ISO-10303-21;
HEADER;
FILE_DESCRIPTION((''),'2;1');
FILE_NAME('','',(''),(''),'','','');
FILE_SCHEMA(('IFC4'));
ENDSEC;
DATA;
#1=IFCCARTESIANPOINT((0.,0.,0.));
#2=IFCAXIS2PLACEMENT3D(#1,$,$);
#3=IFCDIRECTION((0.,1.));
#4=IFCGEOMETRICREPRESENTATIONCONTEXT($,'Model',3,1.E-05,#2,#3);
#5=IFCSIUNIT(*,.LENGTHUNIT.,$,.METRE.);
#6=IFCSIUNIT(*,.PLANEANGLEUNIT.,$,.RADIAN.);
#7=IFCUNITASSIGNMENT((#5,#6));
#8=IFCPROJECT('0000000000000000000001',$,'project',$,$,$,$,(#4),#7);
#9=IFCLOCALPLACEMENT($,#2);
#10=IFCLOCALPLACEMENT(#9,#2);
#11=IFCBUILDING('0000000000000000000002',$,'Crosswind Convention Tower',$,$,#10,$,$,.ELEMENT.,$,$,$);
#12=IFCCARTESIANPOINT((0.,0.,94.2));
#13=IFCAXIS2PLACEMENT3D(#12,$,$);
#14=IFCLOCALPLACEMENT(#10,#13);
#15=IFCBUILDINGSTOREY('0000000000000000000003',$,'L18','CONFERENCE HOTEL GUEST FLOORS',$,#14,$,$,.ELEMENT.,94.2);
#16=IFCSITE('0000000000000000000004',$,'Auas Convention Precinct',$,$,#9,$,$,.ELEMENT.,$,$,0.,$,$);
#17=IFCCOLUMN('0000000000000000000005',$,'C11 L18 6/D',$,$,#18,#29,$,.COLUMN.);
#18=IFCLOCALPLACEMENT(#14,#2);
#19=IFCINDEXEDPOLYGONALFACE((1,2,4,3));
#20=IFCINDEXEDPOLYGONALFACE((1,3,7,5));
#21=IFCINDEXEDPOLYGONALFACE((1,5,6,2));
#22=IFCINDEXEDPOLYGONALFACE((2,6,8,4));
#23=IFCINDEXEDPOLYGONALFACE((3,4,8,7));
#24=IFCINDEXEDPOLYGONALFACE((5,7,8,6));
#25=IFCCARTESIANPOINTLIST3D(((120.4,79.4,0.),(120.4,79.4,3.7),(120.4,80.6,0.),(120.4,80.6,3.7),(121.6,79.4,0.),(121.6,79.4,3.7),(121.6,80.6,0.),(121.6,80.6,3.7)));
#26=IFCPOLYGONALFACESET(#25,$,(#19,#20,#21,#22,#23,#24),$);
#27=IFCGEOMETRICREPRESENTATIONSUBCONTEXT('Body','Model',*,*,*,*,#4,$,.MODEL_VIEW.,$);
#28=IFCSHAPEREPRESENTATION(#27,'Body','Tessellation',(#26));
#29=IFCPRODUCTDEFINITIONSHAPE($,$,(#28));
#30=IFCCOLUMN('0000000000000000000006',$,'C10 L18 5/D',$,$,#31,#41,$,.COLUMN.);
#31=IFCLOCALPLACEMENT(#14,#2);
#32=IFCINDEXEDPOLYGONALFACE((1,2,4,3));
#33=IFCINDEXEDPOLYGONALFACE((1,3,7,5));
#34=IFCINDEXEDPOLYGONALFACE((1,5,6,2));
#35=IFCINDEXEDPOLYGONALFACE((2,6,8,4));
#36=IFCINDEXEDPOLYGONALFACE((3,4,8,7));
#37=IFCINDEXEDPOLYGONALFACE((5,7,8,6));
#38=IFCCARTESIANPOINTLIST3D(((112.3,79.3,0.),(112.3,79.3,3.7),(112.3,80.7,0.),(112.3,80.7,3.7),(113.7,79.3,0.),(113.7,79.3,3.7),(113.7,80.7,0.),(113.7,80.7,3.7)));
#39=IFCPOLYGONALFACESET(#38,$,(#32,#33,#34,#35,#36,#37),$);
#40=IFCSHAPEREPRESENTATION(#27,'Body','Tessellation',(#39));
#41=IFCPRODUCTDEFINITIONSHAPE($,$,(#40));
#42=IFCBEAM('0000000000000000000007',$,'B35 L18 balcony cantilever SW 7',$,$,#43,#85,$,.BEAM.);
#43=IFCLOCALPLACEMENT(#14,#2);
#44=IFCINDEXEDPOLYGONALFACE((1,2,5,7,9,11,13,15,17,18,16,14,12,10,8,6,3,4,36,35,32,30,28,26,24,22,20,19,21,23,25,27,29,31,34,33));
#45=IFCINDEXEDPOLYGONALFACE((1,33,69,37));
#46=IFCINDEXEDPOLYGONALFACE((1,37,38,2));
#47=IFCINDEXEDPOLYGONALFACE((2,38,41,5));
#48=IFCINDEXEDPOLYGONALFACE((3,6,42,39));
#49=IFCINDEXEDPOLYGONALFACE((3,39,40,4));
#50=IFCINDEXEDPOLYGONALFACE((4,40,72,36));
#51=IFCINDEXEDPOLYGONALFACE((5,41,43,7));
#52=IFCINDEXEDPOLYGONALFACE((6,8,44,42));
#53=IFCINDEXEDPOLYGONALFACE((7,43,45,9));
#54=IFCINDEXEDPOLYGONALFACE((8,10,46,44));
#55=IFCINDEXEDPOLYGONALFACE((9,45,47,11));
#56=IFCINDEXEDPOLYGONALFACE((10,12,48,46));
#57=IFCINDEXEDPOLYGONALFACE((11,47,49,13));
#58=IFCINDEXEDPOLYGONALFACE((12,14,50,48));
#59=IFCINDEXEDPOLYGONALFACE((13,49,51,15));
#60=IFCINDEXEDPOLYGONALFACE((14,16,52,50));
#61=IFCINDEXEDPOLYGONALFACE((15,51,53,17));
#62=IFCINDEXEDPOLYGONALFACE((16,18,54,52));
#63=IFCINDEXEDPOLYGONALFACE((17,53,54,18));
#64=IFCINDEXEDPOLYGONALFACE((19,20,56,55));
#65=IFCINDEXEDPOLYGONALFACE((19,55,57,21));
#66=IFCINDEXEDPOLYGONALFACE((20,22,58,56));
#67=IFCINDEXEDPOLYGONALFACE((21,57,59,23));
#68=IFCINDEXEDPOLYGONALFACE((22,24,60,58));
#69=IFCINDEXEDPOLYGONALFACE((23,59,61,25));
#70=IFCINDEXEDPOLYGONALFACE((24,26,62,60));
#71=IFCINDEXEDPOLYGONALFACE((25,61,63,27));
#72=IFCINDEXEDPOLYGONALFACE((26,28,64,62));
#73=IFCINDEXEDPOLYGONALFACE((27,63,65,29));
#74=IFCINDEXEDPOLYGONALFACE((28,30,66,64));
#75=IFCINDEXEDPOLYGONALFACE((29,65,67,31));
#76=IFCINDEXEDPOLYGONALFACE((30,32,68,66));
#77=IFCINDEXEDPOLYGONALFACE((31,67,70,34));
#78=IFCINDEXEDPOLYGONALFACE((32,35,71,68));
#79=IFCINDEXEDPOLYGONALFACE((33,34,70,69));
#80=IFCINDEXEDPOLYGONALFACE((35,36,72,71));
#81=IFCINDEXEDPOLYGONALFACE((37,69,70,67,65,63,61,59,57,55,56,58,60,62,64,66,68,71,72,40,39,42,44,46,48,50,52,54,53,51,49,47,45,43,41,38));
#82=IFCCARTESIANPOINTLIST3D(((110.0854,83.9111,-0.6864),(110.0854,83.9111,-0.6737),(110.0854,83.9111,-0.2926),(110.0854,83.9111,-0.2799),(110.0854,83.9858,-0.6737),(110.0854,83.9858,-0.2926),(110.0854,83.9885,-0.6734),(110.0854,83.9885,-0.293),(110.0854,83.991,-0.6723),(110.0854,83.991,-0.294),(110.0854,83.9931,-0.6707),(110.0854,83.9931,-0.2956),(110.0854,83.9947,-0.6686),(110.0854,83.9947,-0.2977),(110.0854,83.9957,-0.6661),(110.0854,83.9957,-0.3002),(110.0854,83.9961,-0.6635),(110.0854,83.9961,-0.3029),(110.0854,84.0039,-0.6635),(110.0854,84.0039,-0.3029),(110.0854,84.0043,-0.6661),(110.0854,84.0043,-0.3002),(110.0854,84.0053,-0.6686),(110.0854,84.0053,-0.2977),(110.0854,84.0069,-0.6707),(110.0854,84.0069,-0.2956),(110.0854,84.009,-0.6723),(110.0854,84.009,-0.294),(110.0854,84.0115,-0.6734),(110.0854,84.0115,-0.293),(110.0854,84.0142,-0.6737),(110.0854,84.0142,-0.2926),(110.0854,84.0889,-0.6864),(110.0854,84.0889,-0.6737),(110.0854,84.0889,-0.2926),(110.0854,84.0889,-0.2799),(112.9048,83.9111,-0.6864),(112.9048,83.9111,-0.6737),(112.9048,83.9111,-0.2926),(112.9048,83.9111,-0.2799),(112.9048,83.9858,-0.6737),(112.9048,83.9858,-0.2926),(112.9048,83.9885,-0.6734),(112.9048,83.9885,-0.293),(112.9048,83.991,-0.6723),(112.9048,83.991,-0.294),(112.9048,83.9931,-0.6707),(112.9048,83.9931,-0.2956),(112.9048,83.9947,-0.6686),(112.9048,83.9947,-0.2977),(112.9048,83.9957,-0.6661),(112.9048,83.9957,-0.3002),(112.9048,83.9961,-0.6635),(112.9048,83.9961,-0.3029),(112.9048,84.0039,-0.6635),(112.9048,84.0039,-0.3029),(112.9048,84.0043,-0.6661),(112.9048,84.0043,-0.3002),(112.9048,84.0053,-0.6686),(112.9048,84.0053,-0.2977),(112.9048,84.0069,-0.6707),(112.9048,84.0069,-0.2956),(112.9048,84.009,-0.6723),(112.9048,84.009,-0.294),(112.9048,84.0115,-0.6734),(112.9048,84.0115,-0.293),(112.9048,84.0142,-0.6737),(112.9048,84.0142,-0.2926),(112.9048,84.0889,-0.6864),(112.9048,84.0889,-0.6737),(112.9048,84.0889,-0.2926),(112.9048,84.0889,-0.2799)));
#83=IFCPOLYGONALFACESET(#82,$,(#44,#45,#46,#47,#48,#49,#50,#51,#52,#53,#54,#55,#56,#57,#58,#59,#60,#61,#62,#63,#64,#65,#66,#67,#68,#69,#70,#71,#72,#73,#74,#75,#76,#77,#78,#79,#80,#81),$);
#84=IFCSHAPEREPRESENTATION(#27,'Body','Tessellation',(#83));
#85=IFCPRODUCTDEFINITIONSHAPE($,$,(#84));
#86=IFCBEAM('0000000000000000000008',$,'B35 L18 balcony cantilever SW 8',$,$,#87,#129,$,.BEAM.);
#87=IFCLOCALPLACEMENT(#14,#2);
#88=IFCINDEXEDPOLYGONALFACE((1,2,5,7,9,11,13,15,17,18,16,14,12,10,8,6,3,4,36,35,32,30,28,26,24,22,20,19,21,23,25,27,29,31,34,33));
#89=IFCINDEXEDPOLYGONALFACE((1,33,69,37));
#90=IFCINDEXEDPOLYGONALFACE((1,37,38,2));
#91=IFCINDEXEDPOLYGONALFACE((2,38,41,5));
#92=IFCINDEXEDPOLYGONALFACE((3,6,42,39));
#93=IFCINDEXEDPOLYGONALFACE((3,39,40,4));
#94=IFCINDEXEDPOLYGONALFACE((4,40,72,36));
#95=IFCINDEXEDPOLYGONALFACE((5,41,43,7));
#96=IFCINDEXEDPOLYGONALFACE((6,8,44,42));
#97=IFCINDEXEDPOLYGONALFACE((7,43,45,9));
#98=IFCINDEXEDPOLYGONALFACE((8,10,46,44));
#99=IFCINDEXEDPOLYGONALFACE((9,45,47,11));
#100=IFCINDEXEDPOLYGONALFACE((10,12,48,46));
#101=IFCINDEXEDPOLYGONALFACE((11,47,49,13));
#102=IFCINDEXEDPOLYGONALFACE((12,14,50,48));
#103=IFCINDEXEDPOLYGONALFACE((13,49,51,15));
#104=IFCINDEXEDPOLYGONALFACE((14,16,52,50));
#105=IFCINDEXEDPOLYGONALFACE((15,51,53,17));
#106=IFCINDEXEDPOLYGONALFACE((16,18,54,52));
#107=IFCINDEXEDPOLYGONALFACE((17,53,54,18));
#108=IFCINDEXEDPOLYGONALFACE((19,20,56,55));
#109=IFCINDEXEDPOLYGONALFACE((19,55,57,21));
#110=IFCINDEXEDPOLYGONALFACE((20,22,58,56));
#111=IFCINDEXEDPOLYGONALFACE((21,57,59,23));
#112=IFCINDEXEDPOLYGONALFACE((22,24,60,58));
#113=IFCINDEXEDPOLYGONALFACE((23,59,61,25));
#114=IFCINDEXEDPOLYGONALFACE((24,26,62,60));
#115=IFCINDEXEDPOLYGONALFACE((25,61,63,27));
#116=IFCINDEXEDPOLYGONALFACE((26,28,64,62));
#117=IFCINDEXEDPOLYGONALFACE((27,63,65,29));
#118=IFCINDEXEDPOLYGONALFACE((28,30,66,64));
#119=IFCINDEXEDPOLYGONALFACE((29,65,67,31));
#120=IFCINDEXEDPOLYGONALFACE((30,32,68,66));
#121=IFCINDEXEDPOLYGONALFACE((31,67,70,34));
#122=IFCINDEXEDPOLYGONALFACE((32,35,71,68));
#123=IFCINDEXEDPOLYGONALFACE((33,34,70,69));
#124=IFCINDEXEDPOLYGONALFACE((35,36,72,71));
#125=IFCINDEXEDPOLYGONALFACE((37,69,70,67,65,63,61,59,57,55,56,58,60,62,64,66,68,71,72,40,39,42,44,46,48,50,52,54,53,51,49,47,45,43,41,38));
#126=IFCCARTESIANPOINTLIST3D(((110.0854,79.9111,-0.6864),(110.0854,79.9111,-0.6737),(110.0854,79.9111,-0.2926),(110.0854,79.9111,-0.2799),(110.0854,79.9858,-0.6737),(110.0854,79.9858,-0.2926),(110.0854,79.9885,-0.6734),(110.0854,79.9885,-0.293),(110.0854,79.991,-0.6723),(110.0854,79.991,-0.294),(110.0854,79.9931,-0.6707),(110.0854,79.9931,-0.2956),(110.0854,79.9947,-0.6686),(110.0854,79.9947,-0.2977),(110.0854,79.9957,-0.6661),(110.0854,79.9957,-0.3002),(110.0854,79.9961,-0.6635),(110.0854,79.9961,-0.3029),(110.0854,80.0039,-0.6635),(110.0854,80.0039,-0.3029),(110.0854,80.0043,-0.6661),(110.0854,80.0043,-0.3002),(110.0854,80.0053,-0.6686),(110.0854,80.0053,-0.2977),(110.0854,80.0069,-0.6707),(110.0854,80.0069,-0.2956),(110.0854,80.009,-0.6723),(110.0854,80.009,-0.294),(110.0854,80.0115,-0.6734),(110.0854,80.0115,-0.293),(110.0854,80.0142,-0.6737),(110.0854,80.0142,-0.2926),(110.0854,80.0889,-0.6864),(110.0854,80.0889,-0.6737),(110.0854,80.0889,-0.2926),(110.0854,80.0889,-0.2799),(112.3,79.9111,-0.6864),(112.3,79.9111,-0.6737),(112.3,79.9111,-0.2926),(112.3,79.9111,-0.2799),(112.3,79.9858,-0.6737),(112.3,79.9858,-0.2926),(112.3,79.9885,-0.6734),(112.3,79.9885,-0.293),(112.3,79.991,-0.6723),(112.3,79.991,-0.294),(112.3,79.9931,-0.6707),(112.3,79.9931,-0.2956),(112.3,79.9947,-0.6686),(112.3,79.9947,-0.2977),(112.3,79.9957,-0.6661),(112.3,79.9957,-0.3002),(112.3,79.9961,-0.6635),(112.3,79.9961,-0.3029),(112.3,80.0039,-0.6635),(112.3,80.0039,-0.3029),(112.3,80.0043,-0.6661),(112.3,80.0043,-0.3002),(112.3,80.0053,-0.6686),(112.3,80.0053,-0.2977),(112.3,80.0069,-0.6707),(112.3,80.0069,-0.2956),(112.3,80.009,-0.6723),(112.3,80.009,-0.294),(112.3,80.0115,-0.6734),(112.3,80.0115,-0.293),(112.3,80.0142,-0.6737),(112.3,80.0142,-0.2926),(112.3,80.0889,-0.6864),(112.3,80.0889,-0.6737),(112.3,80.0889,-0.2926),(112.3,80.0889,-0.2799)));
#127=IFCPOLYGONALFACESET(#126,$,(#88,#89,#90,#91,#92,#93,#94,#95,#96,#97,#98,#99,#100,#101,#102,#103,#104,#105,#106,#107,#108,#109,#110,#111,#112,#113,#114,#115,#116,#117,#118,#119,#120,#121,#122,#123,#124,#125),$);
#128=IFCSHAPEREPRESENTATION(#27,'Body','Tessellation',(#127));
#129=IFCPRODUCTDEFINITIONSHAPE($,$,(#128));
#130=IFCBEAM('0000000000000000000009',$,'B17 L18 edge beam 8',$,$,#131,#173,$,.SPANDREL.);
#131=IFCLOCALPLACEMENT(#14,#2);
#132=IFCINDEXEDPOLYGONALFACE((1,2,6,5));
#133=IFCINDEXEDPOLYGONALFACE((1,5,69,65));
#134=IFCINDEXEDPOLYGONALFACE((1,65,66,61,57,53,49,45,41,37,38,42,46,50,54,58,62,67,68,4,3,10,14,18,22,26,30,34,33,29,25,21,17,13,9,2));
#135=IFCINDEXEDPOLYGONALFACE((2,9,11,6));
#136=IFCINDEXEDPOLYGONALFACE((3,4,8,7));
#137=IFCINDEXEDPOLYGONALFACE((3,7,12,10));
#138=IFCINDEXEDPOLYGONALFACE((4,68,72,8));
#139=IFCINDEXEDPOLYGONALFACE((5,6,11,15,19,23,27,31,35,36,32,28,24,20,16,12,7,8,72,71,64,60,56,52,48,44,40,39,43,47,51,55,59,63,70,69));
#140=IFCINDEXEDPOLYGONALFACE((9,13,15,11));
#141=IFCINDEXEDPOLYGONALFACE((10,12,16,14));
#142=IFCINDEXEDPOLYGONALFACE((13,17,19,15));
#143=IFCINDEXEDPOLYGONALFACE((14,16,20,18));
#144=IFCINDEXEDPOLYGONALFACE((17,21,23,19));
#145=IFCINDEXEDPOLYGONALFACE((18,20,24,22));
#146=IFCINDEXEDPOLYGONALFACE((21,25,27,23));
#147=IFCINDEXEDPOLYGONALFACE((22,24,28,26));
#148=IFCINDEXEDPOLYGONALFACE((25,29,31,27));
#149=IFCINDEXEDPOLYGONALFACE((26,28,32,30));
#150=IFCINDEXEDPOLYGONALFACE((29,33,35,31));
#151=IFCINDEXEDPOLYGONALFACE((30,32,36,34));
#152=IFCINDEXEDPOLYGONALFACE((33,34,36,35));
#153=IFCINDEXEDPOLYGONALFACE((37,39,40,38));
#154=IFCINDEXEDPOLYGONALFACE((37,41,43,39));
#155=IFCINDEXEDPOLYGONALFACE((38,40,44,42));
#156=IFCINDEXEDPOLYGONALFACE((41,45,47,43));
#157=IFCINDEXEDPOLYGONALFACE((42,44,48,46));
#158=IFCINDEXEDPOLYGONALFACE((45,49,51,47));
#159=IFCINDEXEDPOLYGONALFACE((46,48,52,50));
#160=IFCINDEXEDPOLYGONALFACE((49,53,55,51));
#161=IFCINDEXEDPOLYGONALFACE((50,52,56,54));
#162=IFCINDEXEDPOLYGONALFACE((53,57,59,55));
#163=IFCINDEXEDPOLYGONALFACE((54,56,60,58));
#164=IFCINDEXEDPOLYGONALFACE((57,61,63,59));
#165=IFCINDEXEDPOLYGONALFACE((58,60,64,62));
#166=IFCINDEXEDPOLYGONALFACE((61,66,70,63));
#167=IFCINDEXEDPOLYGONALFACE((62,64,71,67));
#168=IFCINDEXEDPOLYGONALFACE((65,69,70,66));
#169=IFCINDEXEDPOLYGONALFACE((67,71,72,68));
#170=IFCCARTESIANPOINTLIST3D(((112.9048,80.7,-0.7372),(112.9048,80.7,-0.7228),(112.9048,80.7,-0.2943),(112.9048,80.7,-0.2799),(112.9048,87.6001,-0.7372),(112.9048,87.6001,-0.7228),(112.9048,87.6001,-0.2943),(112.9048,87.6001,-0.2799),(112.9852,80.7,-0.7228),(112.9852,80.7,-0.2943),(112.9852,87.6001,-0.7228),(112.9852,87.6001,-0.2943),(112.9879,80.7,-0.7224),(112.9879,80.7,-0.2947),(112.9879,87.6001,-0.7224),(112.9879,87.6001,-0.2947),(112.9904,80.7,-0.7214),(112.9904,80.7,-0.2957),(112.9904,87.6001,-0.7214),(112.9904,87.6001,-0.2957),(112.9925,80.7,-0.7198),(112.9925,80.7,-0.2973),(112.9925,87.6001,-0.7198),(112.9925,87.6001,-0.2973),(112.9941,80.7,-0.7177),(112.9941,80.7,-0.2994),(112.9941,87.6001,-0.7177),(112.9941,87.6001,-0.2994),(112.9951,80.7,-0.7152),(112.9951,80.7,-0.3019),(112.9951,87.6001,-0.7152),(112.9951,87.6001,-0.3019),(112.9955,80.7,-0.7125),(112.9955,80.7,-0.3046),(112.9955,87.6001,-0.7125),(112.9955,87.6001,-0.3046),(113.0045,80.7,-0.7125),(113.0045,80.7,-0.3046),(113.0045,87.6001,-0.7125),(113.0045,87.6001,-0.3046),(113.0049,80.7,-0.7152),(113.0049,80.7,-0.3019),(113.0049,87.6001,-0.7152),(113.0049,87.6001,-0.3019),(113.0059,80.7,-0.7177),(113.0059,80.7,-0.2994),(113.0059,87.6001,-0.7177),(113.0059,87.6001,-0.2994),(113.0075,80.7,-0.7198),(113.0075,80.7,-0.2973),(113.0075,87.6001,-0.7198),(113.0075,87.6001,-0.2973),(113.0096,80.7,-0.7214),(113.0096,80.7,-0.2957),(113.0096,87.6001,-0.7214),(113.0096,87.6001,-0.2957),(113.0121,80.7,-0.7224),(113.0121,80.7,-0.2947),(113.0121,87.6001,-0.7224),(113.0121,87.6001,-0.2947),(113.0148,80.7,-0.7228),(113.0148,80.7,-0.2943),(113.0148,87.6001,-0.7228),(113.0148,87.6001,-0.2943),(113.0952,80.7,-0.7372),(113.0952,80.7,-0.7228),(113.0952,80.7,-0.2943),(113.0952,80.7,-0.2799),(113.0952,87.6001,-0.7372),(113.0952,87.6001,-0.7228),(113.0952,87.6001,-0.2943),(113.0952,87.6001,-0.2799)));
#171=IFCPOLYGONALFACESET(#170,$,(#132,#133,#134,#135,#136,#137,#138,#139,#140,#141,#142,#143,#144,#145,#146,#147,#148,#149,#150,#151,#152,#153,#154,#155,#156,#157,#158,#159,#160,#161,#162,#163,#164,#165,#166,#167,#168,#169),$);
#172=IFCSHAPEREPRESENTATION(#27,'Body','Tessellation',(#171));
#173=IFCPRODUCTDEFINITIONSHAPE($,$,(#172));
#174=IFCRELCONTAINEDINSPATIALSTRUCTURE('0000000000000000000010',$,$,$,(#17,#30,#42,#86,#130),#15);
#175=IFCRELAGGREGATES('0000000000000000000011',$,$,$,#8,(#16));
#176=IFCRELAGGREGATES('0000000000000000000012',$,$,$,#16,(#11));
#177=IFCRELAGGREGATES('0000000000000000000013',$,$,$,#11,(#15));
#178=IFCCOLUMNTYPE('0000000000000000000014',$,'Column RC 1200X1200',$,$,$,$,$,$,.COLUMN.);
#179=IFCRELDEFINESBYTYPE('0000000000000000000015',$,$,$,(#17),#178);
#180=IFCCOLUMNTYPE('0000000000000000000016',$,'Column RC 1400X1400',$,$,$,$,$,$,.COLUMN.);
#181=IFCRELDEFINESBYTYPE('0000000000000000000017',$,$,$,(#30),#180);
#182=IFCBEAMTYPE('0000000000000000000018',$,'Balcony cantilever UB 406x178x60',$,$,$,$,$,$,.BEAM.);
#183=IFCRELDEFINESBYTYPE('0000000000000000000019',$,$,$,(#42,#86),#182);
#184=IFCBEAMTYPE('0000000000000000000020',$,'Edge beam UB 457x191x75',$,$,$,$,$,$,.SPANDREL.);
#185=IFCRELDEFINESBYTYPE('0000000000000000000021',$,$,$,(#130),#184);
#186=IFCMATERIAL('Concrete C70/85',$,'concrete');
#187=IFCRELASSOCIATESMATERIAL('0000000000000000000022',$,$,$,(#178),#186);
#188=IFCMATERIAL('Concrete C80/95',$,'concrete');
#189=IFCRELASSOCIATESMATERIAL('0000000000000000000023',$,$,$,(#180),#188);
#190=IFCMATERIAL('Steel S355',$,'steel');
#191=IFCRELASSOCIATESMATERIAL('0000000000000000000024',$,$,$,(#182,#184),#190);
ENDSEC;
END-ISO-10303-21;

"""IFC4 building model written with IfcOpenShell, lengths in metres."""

from ifc_helpers import new_model, si_unit, direction, frame, origin, origin_2d, place, context, subcontext, project, spatial, rectangle, i_section, extrude, material, material_profile, profile_set, type_object, element, save


model = new_model("IFC4")

# Units and contexts
model_context = context("Model", 3, precision=1e-05, world=origin(), true_north=direction((0.0, 1.0)))
body_context = subcontext(model_context, "Body", "Model", "MODEL_VIEW")
ifc_project = project(units=[si_unit("LENGTHUNIT", "METRE"), si_unit("PLANEANGLEUNIT", "RADIAN")], contexts=[model_context])

# Site, building, storey
site_placement = place(None, origin())
site = spatial("IfcSite", under=ifc_project, at=site_placement, Name="Auas Convention Precinct", CompositionType="ELEMENT", RefElevation=0.0)
building_placement = place(site_placement, origin())
building = spatial("IfcBuilding", under=site, at=building_placement, Name="Crosswind Convention Tower", CompositionType="ELEMENT")
storey_placement = place(building_placement, frame((0.0, 0.0, 94.2)))
storey = spatial("IfcBuildingStorey", under=building, at=storey_placement, Name="L18", Description="CONFERENCE HOTEL GUEST FLOORS", CompositionType="ELEMENT", Elevation=94.2)

# Columns
ifc_material_1 = material(Name="Concrete C70/85", Category="concrete")
ifc_material_profile_1 = material_profile(ifc_material_1, rectangle(XDim=1.2, YDim=1.2, at=origin_2d()), Name="RC 1200X1200")
ifc_profile_set_1 = profile_set([ifc_material_profile_1], Name="Concrete C70/85")
column_type_1 = type_object("IfcColumnType", Name="Column RC 1200X1200", PredefinedType="COLUMN", material=ifc_profile_set_1)
column_1_placement = place(storey_placement, frame((121.0, 80.0, 0.0), z_axis=(0.0, 0.0, 1.0), x_axis=(1.0, 0.0, 0.0)))
element("IfcColumn", 1, at=column_1_placement, inside=storey, type_object=column_type_1, Name="C11 L18 6/D", PredefinedType="COLUMN", context=body_context, shape_type="SweptSolid", body=[
    extrude(rectangle(XDim=1.2, YDim=1.2, at=origin_2d()), origin(), (0.0, 0.0, 1.0), 3.7),
])
ifc_material_2 = material(Name="Concrete C80/95", Category="concrete")
ifc_material_profile_2 = material_profile(ifc_material_2, rectangle(XDim=1.3999, YDim=1.3999, at=origin_2d()), Name="RC 1400X1400")
ifc_profile_set_2 = profile_set([ifc_material_profile_2], Name="Concrete C80/95")
column_type_2 = type_object("IfcColumnType", Name="Column RC 1400X1400", PredefinedType="COLUMN", material=ifc_profile_set_2)
column_2_placement = place(storey_placement, frame((113.0, 80.0, 0.0), z_axis=(0.0, 0.0, 1.0), x_axis=(1.0, 0.0, 0.0)))
element("IfcColumn", 2, at=column_2_placement, inside=storey, type_object=column_type_2, Name="C10 L18 5/D", PredefinedType="COLUMN", context=body_context, shape_type="SweptSolid", body=[
    extrude(rectangle(XDim=1.3999, YDim=1.3999, at=origin_2d()), origin(), (0.0, 0.0, 1.0), 3.7),
])

# Beams
ifc_material_3 = material(Name="Steel S355", Category="steel")
ifc_material_profile_3 = material_profile(ifc_material_3, i_section(OverallWidth=0.1777, OverallDepth=0.4065, WebThickness=0.0078, FlangeThickness=0.0127, FilletRadius=0.0103, at=origin_2d()), Name="UB 406x178x60")
ifc_profile_set_3 = profile_set([ifc_material_profile_3], Name="Steel S355")
beam_type_1 = type_object("IfcBeamType", Name="Balcony cantilever UB 406x178x60", PredefinedType="BEAM", material=ifc_profile_set_3)
beam_1_placement = place(storey_placement, frame((112.9048, 84.0, -0.4832), z_axis=(-1.0, 0.0, 0.0), x_axis=(0.0, -1.0, 0.0)))
element("IfcBeam", 3, at=beam_1_placement, inside=storey, type_object=beam_type_1, Name="B35 L18 balcony cantilever SW 7", PredefinedType="BEAM", context=body_context, shape_type="SweptSolid", body=[
    extrude(i_section(OverallWidth=0.1777, OverallDepth=0.4065, WebThickness=0.0078, FlangeThickness=0.0127, FilletRadius=0.0103, at=origin_2d()), origin(), (0.0, 0.0, 1.0), 2.8193),
])
beam_2_placement = place(storey_placement, frame((112.3, 80.0, -0.4832), z_axis=(-1.0, 0.0, 0.0), x_axis=(0.0, -1.0, 0.0)))
element("IfcBeam", 4, at=beam_2_placement, inside=storey, type_object=beam_type_1, Name="B35 L18 balcony cantilever SW 8", PredefinedType="BEAM", context=body_context, shape_type="SweptSolid", body=[
    extrude(i_section(OverallWidth=0.1777, OverallDepth=0.4065, WebThickness=0.0078, FlangeThickness=0.0127, FilletRadius=0.0103, at=origin_2d()), origin(), (0.0, 0.0, 1.0), 2.2146),
])
ifc_material_profile_4 = material_profile(ifc_material_3, i_section(OverallWidth=0.1904, OverallDepth=0.4573, WebThickness=0.009, FlangeThickness=0.0144, FilletRadius=0.0103, at=origin_2d()), Name="UB 457x191x75")
ifc_profile_set_4 = profile_set([ifc_material_profile_4], Name="Steel S355")
beam_type_2 = type_object("IfcBeamType", Name="Edge beam UB 457x191x75", PredefinedType="SPANDREL", material=ifc_profile_set_4)
beam_3_placement = place(storey_placement, frame((113.0, 80.7, -0.5085), z_axis=(0.0, 1.0, 0.0), x_axis=(-1.0, 0.0, 0.0)))
element("IfcBeam", 5, at=beam_3_placement, inside=storey, type_object=beam_type_2, Name="B17 L18 edge beam 8", PredefinedType="SPANDREL", context=body_context, shape_type="SweptSolid", body=[
    extrude(i_section(OverallWidth=0.1904, OverallDepth=0.4573, WebThickness=0.009, FlangeThickness=0.0144, FilletRadius=0.0103, at=origin_2d()), origin(), (0.0, 0.0, 1.0), 6.9001),
])

save(model, "model.ifc")
